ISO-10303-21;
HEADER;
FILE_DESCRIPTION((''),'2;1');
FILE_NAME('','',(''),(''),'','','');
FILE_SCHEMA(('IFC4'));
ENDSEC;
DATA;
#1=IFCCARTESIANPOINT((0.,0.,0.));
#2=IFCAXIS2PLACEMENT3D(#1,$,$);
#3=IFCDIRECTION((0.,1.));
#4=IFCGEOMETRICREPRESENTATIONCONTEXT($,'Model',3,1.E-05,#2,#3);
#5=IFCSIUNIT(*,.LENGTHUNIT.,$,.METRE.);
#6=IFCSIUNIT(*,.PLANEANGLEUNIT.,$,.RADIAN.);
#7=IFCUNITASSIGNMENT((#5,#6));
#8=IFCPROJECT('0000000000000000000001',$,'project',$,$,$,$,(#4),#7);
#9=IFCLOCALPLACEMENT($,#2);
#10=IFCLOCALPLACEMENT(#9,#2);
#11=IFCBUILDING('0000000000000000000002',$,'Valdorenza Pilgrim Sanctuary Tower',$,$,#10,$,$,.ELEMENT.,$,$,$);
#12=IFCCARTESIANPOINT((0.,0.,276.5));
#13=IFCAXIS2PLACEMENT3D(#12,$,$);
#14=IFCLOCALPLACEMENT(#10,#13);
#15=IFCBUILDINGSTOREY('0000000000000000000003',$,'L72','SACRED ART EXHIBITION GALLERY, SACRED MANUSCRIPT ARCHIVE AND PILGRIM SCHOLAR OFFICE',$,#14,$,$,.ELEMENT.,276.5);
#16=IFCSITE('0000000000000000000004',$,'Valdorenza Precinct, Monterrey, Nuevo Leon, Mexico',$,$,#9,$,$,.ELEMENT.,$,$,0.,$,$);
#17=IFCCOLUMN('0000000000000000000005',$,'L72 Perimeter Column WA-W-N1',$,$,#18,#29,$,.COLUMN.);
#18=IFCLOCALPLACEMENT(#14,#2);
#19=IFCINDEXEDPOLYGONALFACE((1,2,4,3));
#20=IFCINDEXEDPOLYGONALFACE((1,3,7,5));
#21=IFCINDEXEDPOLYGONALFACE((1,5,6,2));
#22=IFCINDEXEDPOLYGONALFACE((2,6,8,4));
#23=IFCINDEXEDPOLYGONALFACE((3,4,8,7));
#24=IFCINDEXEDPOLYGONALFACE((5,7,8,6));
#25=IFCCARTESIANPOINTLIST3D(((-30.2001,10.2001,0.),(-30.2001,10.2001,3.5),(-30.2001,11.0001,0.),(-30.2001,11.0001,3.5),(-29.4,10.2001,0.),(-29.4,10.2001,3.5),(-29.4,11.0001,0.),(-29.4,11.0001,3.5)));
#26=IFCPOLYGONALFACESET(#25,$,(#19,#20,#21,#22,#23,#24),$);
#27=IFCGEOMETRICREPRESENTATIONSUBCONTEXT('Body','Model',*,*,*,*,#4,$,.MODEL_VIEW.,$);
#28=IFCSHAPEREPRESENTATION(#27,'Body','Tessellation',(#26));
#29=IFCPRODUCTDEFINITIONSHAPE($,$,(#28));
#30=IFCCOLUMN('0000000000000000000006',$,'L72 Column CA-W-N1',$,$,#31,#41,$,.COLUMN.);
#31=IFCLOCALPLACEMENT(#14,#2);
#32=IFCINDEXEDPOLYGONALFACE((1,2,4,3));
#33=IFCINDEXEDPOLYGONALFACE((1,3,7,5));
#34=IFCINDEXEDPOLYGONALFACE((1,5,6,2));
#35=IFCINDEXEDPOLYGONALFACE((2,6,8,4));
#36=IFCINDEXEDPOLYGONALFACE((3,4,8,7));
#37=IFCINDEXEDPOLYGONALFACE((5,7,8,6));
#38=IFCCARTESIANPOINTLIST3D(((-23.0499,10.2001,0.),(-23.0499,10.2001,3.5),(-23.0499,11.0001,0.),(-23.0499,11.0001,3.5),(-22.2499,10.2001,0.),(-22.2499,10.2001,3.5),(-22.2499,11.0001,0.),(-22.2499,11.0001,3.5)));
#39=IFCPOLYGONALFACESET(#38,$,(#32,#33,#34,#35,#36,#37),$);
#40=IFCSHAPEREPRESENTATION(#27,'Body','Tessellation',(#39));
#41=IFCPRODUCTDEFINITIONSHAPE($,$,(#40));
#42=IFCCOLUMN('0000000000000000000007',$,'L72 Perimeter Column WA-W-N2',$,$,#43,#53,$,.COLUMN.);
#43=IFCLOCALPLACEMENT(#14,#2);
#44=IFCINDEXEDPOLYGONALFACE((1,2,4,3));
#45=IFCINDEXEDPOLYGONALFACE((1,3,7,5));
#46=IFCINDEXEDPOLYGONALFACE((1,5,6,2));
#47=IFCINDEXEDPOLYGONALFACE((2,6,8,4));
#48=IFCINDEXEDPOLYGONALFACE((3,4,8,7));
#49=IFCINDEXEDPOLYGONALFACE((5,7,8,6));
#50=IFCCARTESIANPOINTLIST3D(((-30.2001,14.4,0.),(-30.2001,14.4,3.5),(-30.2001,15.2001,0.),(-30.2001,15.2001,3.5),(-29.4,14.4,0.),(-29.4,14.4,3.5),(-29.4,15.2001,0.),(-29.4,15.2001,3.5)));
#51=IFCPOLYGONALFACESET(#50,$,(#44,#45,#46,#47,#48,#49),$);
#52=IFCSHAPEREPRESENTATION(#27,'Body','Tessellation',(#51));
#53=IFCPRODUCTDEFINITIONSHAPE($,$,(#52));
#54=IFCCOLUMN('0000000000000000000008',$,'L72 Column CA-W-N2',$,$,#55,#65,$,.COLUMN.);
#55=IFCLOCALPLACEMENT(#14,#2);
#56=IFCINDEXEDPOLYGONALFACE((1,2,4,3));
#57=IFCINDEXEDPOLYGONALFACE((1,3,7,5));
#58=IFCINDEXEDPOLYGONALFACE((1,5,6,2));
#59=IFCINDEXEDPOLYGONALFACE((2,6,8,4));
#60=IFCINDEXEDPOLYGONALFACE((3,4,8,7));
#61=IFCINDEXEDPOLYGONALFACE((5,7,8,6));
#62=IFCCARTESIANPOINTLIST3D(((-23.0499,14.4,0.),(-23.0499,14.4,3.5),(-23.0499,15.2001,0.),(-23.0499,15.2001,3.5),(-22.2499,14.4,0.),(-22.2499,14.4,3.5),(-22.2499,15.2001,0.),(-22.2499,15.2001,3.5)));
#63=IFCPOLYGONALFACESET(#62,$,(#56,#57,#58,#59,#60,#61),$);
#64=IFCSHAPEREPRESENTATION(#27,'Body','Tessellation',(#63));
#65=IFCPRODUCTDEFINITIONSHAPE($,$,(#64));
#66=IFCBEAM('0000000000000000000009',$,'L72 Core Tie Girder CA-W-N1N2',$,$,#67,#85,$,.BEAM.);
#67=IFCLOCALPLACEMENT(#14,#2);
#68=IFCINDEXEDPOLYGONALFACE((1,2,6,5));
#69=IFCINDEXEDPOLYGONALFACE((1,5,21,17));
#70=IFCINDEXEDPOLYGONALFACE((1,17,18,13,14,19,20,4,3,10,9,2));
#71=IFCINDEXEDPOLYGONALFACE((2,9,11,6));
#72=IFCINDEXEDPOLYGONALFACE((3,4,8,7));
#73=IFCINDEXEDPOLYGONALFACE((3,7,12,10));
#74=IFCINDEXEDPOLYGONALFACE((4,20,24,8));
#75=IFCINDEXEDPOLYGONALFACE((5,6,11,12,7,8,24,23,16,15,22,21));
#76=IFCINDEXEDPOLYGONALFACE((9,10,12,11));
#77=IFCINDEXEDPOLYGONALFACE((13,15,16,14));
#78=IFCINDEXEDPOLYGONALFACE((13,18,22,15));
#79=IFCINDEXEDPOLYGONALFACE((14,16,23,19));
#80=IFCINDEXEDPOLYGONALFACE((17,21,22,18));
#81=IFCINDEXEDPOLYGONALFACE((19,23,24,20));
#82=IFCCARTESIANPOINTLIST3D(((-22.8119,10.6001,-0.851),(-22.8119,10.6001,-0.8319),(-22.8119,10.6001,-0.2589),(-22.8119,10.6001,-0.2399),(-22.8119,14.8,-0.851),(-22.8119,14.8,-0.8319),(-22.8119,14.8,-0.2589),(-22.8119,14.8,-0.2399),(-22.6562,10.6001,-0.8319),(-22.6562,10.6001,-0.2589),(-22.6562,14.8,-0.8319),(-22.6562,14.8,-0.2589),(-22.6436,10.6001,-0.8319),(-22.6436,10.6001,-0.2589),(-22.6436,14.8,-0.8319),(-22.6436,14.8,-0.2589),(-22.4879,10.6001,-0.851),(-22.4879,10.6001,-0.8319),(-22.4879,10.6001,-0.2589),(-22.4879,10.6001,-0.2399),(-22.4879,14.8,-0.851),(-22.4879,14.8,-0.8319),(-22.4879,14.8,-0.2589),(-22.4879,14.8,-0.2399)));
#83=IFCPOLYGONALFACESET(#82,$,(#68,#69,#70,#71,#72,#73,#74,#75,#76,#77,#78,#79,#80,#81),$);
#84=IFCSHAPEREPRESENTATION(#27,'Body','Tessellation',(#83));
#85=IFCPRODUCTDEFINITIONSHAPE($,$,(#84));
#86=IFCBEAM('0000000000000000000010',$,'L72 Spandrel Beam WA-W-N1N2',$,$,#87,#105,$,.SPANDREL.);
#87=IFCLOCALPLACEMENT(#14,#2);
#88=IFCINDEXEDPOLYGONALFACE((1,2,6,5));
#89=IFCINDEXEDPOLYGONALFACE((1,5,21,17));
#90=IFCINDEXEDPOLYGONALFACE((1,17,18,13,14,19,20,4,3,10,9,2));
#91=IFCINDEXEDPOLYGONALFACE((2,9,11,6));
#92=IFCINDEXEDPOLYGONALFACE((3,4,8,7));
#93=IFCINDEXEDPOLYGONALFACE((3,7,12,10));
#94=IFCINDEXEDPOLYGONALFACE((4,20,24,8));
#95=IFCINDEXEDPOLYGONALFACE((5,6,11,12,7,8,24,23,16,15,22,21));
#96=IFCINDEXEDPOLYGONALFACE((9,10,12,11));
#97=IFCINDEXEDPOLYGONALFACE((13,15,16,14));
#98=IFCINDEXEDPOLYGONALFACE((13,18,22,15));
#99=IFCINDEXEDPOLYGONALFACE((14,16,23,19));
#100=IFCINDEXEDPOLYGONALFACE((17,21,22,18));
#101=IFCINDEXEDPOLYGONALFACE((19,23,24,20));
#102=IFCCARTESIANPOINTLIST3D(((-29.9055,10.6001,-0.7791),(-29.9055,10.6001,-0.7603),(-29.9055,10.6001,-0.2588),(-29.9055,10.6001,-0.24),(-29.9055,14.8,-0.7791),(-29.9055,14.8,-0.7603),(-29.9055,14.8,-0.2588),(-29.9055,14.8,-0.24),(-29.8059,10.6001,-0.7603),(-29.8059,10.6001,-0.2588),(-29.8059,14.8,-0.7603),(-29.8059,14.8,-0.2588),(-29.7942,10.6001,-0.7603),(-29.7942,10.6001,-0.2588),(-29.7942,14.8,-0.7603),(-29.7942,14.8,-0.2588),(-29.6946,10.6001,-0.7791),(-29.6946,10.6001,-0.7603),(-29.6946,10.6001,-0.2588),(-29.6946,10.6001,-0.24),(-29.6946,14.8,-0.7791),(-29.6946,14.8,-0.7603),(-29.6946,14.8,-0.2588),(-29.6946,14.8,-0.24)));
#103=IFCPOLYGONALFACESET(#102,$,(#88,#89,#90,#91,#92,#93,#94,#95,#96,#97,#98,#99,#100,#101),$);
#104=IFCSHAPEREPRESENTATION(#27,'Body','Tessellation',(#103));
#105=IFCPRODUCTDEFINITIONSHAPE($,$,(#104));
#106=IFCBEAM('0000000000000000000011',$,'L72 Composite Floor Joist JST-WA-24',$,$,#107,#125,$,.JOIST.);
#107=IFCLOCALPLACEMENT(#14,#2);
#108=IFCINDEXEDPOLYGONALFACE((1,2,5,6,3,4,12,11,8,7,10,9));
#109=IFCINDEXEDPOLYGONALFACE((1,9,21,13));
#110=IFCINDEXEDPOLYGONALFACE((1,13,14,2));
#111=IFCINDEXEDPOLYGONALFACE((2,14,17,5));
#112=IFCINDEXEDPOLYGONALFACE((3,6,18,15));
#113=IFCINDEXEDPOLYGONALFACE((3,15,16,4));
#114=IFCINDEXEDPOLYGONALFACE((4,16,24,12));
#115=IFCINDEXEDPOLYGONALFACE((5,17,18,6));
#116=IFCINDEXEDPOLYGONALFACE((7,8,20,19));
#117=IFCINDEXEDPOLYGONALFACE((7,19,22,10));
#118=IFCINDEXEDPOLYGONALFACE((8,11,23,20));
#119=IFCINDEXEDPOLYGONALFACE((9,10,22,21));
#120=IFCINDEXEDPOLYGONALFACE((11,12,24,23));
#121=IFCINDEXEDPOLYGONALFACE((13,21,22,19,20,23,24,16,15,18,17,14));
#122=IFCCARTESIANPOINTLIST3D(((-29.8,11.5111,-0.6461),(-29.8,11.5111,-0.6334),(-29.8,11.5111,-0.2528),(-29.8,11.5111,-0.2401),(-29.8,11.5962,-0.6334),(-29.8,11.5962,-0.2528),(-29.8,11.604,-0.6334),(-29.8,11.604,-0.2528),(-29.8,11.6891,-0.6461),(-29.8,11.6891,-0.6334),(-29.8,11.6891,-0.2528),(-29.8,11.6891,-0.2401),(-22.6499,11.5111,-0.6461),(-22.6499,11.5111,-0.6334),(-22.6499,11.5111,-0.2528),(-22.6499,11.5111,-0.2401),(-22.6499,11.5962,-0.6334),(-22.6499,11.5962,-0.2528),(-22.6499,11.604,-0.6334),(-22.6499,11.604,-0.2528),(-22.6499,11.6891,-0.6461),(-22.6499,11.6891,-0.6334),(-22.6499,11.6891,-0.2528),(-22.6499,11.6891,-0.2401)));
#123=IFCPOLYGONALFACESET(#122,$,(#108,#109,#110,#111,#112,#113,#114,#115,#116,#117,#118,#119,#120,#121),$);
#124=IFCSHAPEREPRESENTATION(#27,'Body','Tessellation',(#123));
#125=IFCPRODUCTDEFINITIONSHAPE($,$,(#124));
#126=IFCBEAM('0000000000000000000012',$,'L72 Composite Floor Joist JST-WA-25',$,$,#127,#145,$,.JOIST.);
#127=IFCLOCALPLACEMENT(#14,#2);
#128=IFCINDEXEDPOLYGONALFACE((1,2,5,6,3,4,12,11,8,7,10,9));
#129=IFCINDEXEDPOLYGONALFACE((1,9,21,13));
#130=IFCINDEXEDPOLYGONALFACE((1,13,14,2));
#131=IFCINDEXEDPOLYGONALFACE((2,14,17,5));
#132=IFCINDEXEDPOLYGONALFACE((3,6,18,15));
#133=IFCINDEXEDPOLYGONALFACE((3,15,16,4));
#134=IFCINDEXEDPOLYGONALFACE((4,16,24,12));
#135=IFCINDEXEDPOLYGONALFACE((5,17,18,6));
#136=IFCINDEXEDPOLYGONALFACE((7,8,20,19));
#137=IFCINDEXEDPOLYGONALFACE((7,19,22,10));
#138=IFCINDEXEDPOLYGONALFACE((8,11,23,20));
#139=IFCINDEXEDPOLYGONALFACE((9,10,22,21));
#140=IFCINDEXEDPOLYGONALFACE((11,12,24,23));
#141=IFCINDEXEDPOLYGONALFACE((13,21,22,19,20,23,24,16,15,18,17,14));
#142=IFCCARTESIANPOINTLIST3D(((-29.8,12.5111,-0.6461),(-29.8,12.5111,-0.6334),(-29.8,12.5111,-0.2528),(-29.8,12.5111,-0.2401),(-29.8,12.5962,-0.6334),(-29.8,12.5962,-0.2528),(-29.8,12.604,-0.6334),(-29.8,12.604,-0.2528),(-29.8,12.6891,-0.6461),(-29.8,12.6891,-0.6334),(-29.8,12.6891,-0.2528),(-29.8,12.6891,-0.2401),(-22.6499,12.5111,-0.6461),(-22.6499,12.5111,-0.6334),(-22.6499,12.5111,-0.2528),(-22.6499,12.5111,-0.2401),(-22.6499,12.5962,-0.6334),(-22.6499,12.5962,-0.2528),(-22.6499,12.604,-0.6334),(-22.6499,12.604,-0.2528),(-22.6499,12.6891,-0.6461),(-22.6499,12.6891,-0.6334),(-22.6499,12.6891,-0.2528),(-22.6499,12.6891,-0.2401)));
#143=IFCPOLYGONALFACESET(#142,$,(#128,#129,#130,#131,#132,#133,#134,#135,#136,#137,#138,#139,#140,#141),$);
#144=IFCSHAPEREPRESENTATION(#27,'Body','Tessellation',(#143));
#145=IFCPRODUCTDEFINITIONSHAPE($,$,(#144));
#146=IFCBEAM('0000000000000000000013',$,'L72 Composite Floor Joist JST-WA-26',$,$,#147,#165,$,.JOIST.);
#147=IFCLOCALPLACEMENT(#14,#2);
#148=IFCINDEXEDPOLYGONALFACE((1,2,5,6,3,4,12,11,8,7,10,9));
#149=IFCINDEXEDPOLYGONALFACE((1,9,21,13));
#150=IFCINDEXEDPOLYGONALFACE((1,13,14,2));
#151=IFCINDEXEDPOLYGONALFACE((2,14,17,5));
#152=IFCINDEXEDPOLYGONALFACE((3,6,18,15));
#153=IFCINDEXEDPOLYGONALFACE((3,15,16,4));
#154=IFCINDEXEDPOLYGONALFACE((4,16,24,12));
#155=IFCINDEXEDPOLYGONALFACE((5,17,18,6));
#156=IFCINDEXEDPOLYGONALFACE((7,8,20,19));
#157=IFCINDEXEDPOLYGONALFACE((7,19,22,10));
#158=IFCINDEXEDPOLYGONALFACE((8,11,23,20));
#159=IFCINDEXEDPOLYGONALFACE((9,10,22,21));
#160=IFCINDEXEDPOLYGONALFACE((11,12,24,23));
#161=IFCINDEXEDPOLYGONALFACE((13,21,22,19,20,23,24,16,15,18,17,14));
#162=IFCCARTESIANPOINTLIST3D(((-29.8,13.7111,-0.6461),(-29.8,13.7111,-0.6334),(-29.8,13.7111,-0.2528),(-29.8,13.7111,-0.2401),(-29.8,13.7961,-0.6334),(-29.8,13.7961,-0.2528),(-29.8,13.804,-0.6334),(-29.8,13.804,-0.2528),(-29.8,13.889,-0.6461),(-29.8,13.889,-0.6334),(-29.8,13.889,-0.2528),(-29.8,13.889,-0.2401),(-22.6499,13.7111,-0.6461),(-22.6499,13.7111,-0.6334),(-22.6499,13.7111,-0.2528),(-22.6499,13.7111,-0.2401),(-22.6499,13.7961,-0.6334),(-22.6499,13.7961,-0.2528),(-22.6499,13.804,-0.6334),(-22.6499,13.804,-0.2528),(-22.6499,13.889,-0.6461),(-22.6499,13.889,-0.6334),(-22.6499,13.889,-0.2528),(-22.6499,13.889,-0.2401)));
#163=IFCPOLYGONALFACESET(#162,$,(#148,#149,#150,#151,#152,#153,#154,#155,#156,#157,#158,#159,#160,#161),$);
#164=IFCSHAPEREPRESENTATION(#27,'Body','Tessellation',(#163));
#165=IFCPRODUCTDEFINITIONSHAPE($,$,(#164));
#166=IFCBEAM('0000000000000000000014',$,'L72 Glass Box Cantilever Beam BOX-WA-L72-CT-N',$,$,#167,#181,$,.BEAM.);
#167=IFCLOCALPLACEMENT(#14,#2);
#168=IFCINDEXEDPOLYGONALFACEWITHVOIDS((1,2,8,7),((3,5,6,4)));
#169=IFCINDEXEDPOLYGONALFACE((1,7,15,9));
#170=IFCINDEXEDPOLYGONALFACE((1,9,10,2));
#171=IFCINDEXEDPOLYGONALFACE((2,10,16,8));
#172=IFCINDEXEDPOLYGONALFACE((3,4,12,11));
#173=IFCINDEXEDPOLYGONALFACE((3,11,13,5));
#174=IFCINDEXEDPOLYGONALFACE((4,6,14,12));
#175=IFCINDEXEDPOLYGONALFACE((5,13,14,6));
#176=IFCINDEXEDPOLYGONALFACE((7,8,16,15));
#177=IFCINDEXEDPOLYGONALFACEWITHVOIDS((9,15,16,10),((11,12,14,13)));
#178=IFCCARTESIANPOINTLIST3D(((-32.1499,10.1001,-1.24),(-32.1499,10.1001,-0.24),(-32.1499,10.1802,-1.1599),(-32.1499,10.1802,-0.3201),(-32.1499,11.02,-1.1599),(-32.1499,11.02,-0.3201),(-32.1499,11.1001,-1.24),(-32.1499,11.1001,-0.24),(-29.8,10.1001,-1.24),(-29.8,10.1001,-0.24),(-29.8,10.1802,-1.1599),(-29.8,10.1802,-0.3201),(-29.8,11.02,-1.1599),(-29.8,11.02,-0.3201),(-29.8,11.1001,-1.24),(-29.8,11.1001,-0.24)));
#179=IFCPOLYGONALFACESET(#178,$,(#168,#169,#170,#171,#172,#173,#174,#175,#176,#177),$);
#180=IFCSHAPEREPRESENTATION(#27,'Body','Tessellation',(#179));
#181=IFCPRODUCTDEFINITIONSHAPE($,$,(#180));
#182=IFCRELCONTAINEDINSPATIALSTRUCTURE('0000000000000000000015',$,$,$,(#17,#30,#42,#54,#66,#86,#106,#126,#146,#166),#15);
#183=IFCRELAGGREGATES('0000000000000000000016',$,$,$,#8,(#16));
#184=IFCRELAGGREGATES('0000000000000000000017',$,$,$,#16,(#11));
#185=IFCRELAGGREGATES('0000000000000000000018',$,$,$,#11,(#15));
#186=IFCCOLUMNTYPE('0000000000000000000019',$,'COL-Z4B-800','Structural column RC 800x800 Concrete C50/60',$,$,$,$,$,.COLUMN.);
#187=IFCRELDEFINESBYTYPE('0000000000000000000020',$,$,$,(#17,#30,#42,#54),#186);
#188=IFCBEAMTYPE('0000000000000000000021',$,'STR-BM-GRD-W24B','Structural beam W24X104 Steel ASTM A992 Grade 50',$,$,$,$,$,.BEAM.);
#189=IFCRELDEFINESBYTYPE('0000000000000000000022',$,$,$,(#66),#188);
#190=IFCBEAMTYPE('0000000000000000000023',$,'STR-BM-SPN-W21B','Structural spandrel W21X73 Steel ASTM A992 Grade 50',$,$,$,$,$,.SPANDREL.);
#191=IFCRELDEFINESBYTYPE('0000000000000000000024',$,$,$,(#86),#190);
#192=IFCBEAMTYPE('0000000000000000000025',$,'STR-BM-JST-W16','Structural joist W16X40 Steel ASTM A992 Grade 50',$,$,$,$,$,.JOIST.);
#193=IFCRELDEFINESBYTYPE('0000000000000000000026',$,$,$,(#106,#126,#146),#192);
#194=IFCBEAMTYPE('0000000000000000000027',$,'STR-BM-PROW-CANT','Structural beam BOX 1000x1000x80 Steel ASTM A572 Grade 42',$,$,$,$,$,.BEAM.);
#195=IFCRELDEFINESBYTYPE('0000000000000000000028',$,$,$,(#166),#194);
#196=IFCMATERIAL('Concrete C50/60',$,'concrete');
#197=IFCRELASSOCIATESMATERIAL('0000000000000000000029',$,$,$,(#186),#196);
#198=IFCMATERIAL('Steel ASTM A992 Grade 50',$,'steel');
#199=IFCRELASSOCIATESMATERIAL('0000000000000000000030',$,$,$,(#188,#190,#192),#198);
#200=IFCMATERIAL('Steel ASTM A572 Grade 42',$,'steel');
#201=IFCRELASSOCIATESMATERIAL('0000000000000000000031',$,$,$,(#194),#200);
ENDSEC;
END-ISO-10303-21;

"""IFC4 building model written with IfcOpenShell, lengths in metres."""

from ifc_helpers import new_model, si_unit, direction, frame, origin, origin_2d, place, context, subcontext, project, spatial, rectangle, hollow_rectangle, i_section, extrude, source, transform, mapped, material, material_profile, profile_set, type_object, element, save


model = new_model("IFC4")

# Units and contexts
model_context = context("Model", 3, precision=1e-05, world=origin(), true_north=direction((0.0, 1.0)))
body_context = subcontext(model_context, "Body", "Model", "MODEL_VIEW")
ifc_project = project(units=[si_unit("LENGTHUNIT", "METRE"), si_unit("PLANEANGLEUNIT", "RADIAN")], contexts=[model_context])

# Site, building, storey
site_placement = place(None, origin())
site = spatial("IfcSite", under=ifc_project, at=site_placement, Name="Valdorenza Precinct, Monterrey, Nuevo Leon, Mexico", CompositionType="ELEMENT", RefElevation=0.0)
building_placement = place(site_placement, origin())
building = spatial("IfcBuilding", under=site, at=building_placement, Name="Valdorenza Pilgrim Sanctuary Tower", CompositionType="ELEMENT")
storey_placement = place(building_placement, frame((0.0, 0.0, 276.5)))
storey = spatial("IfcBuildingStorey", under=building, at=storey_placement, Name="L72", Description="SACRED ART EXHIBITION GALLERY, SACRED MANUSCRIPT ARCHIVE AND PILGRIM SCHOLAR OFFICE", CompositionType="ELEMENT", Elevation=276.5)

# Columns
ifc_material_1 = material(Name="Concrete C50/60", Category="concrete")
ifc_material_profile_1 = material_profile(ifc_material_1, rectangle(XDim=0.8, YDim=0.8, at=origin_2d()), Name="RC 800x800")
ifc_profile_set_1 = profile_set([ifc_material_profile_1], Name="Concrete C50/60")
column_type = type_object("IfcColumnType", Name="COL-Z4B-800", Description="Structural column RC 800x800 Concrete C50/60", PredefinedType="COLUMN", material=ifc_profile_set_1)
shared_shape_1 = source(origin(), body_context, "Body", "SweptSolid", [
    extrude(rectangle(XDim=0.8, YDim=0.8, at=origin_2d()), origin(), (0.0, 0.0, 1.0), 3.5),
])
for number, where, z_axis, x_axis, name in (
    (1, (-29.8, 10.6001, 0.0), (0.0, 0.0, 1.0), (1.0, 0.0, 0.0), "L72 Perimeter Column WA-W-N1"),
    (2, (-22.6499, 10.6001, 0.0), (0.0, 0.0, 1.0), (1.0, 0.0, 0.0), "L72 Column CA-W-N1"),
    (3, (-29.8, 14.8, 0.0), (0.0, 0.0, 1.0), (1.0, 0.0, 0.0), "L72 Perimeter Column WA-W-N2"),
    (4, (-22.6499, 14.8, 0.0), (0.0, 0.0, 1.0), (1.0, 0.0, 0.0), "L72 Column CA-W-N2"),
):
    element("IfcColumn", number, at=place(storey_placement, frame(where, z_axis=z_axis, x_axis=x_axis)), inside=storey, type_object=column_type, Name=name, PredefinedType="COLUMN", context=body_context, shape_type="MappedRepresentation", body=[
        mapped(shared_shape_1, transform((0.0, 0.0, 0.0), x_axis=(1.0, 0.0, 0.0), y_axis=(0.0, 1.0, 0.0), z_axis=(0.0, 0.0, 1.0), scale=1.0)),
    ])

# Beams
ifc_material_2 = material(Name="Steel ASTM A992 Grade 50", Category="steel")
ifc_material_profile_2 = material_profile(ifc_material_2, i_section(OverallWidth=0.324, OverallDepth=0.6111, WebThickness=0.0127, FlangeThickness=0.019, at=origin_2d()), Name="W24X104")
ifc_profile_set_2 = profile_set([ifc_material_profile_2], Name="Steel ASTM A992 Grade 50")
beam_type_1 = type_object("IfcBeamType", Name="STR-BM-GRD-W24B", Description="Structural beam W24X104 Steel ASTM A992 Grade 50", PredefinedType="BEAM", material=ifc_profile_set_2)
shared_shape_2 = source(origin(), body_context, "Body", "SweptSolid", [
    extrude(i_section(OverallWidth=0.324, OverallDepth=0.6111, WebThickness=0.0127, FlangeThickness=0.019, at=origin_2d()), origin(), (0.0, 0.0, 1.0), 4.2),
])
beam_1_placement = place(storey_placement, frame((-22.6499, 10.6001, -0.5454), z_axis=(0.0, 1.0, 0.0), x_axis=(-1.0, 0.0, 0.0)))
element("IfcBeam", 5, at=beam_1_placement, inside=storey, type_object=beam_type_1, Name="L72 Core Tie Girder CA-W-N1N2", PredefinedType="BEAM", context=body_context, shape_type="MappedRepresentation", body=[
    mapped(shared_shape_2, transform((0.0, 0.0, 0.0), x_axis=(1.0, 0.0, 0.0), y_axis=(0.0, 1.0, 0.0), z_axis=(0.0, 0.0, 1.0), scale=1.0)),
])
ifc_material_profile_3 = material_profile(ifc_material_2, i_section(OverallWidth=0.2109, OverallDepth=0.5391, WebThickness=0.0117, FlangeThickness=0.0188, at=origin_2d()), Name="W21X73")
ifc_profile_set_3 = profile_set([ifc_material_profile_3], Name="Steel ASTM A992 Grade 50")
beam_type_2 = type_object("IfcBeamType", Name="STR-BM-SPN-W21B", Description="Structural spandrel W21X73 Steel ASTM A992 Grade 50", PredefinedType="SPANDREL", material=ifc_profile_set_3)
shared_shape_3 = source(origin(), body_context, "Body", "SweptSolid", [
    extrude(i_section(OverallWidth=0.2109, OverallDepth=0.5391, WebThickness=0.0117, FlangeThickness=0.0188, at=origin_2d()), origin(), (0.0, 0.0, 1.0), 4.2),
])
beam_2_placement = place(storey_placement, frame((-29.8, 10.6001, -0.5095), z_axis=(0.0, 1.0, 0.0), x_axis=(-1.0, 0.0, 0.0)))
element("IfcBeam", 6, at=beam_2_placement, inside=storey, type_object=beam_type_2, Name="L72 Spandrel Beam WA-W-N1N2", PredefinedType="SPANDREL", context=body_context, shape_type="MappedRepresentation", body=[
    mapped(shared_shape_3, transform((0.0, 0.0, 0.0), x_axis=(1.0, 0.0, 0.0), y_axis=(0.0, 1.0, 0.0), z_axis=(0.0, 0.0, 1.0), scale=1.0)),
])
ifc_material_profile_4 = material_profile(ifc_material_2, i_section(OverallWidth=0.178, OverallDepth=0.406, WebThickness=0.0078, FlangeThickness=0.0127, at=origin_2d()), Name="W16X40")
ifc_profile_set_4 = profile_set([ifc_material_profile_4], Name="Steel ASTM A992 Grade 50")
beam_type_3 = type_object("IfcBeamType", Name="STR-BM-JST-W16", Description="Structural joist W16X40 Steel ASTM A992 Grade 50", PredefinedType="JOIST", material=ifc_profile_set_4)
shared_shape_4 = source(origin(), body_context, "Body", "SweptSolid", [
    extrude(i_section(OverallWidth=0.178, OverallDepth=0.406, WebThickness=0.0078, FlangeThickness=0.0127, at=origin_2d()), origin(), (0.0, 0.0, 1.0), 7.1501),
])
for number, where, z_axis, x_axis, name in (
    (7, (-29.8, 11.6001, -0.4431), (1.0, 0.0, 0.0), (0.0, 1.0, 0.0), "L72 Composite Floor Joist JST-WA-24"),
    (8, (-29.8, 12.6001, -0.4431), (1.0, 0.0, 0.0), (0.0, 1.0, 0.0), "L72 Composite Floor Joist JST-WA-25"),
    (9, (-29.8, 13.8, -0.4431), (1.0, 0.0, 0.0), (0.0, 1.0, 0.0), "L72 Composite Floor Joist JST-WA-26"),
):
    element("IfcBeam", number, at=place(storey_placement, frame(where, z_axis=z_axis, x_axis=x_axis)), inside=storey, type_object=beam_type_3, Name=name, PredefinedType="JOIST", context=body_context, shape_type="MappedRepresentation", body=[
        mapped(shared_shape_4, transform((0.0, 0.0, 0.0), x_axis=(1.0, 0.0, 0.0), y_axis=(0.0, 1.0, 0.0), z_axis=(0.0, 0.0, 1.0), scale=1.0)),
    ])
ifc_material_3 = material(Name="Steel ASTM A572 Grade 42", Category="steel")
ifc_material_profile_5 = material_profile(ifc_material_3, hollow_rectangle(XDim=1.0, YDim=1.0, WallThickness=0.0801, at=origin_2d()), Name="BOX 1000x1000x80")
ifc_profile_set_5 = profile_set([ifc_material_profile_5], Name="Steel ASTM A572 Grade 42")
beam_type_4 = type_object("IfcBeamType", Name="STR-BM-PROW-CANT", Description="Structural beam BOX 1000x1000x80 Steel ASTM A572 Grade 42", PredefinedType="BEAM", material=ifc_profile_set_5)
shared_shape_5 = source(origin(), body_context, "Body", "SweptSolid", [
    extrude(hollow_rectangle(XDim=1.0, YDim=1.0, WallThickness=0.0801, at=origin_2d()), origin(), (0.0, 0.0, 1.0), 2.3499),
])
beam_3_placement = place(storey_placement, frame((-29.8, 10.6001, -0.74), z_axis=(-1.0, 0.0, 0.0), x_axis=(0.0, -1.0, 0.0)))
element("IfcBeam", 10, at=beam_3_placement, inside=storey, type_object=beam_type_4, Name="L72 Glass Box Cantilever Beam BOX-WA-L72-CT-N", PredefinedType="BEAM", context=body_context, shape_type="MappedRepresentation", body=[
    mapped(shared_shape_5, transform((0.0, 0.0, 0.0), x_axis=(1.0, 0.0, 0.0), y_axis=(0.0, 1.0, 0.0), z_axis=(0.0, 0.0, 1.0), scale=1.0)),
])

save(model, "model.ifc")
